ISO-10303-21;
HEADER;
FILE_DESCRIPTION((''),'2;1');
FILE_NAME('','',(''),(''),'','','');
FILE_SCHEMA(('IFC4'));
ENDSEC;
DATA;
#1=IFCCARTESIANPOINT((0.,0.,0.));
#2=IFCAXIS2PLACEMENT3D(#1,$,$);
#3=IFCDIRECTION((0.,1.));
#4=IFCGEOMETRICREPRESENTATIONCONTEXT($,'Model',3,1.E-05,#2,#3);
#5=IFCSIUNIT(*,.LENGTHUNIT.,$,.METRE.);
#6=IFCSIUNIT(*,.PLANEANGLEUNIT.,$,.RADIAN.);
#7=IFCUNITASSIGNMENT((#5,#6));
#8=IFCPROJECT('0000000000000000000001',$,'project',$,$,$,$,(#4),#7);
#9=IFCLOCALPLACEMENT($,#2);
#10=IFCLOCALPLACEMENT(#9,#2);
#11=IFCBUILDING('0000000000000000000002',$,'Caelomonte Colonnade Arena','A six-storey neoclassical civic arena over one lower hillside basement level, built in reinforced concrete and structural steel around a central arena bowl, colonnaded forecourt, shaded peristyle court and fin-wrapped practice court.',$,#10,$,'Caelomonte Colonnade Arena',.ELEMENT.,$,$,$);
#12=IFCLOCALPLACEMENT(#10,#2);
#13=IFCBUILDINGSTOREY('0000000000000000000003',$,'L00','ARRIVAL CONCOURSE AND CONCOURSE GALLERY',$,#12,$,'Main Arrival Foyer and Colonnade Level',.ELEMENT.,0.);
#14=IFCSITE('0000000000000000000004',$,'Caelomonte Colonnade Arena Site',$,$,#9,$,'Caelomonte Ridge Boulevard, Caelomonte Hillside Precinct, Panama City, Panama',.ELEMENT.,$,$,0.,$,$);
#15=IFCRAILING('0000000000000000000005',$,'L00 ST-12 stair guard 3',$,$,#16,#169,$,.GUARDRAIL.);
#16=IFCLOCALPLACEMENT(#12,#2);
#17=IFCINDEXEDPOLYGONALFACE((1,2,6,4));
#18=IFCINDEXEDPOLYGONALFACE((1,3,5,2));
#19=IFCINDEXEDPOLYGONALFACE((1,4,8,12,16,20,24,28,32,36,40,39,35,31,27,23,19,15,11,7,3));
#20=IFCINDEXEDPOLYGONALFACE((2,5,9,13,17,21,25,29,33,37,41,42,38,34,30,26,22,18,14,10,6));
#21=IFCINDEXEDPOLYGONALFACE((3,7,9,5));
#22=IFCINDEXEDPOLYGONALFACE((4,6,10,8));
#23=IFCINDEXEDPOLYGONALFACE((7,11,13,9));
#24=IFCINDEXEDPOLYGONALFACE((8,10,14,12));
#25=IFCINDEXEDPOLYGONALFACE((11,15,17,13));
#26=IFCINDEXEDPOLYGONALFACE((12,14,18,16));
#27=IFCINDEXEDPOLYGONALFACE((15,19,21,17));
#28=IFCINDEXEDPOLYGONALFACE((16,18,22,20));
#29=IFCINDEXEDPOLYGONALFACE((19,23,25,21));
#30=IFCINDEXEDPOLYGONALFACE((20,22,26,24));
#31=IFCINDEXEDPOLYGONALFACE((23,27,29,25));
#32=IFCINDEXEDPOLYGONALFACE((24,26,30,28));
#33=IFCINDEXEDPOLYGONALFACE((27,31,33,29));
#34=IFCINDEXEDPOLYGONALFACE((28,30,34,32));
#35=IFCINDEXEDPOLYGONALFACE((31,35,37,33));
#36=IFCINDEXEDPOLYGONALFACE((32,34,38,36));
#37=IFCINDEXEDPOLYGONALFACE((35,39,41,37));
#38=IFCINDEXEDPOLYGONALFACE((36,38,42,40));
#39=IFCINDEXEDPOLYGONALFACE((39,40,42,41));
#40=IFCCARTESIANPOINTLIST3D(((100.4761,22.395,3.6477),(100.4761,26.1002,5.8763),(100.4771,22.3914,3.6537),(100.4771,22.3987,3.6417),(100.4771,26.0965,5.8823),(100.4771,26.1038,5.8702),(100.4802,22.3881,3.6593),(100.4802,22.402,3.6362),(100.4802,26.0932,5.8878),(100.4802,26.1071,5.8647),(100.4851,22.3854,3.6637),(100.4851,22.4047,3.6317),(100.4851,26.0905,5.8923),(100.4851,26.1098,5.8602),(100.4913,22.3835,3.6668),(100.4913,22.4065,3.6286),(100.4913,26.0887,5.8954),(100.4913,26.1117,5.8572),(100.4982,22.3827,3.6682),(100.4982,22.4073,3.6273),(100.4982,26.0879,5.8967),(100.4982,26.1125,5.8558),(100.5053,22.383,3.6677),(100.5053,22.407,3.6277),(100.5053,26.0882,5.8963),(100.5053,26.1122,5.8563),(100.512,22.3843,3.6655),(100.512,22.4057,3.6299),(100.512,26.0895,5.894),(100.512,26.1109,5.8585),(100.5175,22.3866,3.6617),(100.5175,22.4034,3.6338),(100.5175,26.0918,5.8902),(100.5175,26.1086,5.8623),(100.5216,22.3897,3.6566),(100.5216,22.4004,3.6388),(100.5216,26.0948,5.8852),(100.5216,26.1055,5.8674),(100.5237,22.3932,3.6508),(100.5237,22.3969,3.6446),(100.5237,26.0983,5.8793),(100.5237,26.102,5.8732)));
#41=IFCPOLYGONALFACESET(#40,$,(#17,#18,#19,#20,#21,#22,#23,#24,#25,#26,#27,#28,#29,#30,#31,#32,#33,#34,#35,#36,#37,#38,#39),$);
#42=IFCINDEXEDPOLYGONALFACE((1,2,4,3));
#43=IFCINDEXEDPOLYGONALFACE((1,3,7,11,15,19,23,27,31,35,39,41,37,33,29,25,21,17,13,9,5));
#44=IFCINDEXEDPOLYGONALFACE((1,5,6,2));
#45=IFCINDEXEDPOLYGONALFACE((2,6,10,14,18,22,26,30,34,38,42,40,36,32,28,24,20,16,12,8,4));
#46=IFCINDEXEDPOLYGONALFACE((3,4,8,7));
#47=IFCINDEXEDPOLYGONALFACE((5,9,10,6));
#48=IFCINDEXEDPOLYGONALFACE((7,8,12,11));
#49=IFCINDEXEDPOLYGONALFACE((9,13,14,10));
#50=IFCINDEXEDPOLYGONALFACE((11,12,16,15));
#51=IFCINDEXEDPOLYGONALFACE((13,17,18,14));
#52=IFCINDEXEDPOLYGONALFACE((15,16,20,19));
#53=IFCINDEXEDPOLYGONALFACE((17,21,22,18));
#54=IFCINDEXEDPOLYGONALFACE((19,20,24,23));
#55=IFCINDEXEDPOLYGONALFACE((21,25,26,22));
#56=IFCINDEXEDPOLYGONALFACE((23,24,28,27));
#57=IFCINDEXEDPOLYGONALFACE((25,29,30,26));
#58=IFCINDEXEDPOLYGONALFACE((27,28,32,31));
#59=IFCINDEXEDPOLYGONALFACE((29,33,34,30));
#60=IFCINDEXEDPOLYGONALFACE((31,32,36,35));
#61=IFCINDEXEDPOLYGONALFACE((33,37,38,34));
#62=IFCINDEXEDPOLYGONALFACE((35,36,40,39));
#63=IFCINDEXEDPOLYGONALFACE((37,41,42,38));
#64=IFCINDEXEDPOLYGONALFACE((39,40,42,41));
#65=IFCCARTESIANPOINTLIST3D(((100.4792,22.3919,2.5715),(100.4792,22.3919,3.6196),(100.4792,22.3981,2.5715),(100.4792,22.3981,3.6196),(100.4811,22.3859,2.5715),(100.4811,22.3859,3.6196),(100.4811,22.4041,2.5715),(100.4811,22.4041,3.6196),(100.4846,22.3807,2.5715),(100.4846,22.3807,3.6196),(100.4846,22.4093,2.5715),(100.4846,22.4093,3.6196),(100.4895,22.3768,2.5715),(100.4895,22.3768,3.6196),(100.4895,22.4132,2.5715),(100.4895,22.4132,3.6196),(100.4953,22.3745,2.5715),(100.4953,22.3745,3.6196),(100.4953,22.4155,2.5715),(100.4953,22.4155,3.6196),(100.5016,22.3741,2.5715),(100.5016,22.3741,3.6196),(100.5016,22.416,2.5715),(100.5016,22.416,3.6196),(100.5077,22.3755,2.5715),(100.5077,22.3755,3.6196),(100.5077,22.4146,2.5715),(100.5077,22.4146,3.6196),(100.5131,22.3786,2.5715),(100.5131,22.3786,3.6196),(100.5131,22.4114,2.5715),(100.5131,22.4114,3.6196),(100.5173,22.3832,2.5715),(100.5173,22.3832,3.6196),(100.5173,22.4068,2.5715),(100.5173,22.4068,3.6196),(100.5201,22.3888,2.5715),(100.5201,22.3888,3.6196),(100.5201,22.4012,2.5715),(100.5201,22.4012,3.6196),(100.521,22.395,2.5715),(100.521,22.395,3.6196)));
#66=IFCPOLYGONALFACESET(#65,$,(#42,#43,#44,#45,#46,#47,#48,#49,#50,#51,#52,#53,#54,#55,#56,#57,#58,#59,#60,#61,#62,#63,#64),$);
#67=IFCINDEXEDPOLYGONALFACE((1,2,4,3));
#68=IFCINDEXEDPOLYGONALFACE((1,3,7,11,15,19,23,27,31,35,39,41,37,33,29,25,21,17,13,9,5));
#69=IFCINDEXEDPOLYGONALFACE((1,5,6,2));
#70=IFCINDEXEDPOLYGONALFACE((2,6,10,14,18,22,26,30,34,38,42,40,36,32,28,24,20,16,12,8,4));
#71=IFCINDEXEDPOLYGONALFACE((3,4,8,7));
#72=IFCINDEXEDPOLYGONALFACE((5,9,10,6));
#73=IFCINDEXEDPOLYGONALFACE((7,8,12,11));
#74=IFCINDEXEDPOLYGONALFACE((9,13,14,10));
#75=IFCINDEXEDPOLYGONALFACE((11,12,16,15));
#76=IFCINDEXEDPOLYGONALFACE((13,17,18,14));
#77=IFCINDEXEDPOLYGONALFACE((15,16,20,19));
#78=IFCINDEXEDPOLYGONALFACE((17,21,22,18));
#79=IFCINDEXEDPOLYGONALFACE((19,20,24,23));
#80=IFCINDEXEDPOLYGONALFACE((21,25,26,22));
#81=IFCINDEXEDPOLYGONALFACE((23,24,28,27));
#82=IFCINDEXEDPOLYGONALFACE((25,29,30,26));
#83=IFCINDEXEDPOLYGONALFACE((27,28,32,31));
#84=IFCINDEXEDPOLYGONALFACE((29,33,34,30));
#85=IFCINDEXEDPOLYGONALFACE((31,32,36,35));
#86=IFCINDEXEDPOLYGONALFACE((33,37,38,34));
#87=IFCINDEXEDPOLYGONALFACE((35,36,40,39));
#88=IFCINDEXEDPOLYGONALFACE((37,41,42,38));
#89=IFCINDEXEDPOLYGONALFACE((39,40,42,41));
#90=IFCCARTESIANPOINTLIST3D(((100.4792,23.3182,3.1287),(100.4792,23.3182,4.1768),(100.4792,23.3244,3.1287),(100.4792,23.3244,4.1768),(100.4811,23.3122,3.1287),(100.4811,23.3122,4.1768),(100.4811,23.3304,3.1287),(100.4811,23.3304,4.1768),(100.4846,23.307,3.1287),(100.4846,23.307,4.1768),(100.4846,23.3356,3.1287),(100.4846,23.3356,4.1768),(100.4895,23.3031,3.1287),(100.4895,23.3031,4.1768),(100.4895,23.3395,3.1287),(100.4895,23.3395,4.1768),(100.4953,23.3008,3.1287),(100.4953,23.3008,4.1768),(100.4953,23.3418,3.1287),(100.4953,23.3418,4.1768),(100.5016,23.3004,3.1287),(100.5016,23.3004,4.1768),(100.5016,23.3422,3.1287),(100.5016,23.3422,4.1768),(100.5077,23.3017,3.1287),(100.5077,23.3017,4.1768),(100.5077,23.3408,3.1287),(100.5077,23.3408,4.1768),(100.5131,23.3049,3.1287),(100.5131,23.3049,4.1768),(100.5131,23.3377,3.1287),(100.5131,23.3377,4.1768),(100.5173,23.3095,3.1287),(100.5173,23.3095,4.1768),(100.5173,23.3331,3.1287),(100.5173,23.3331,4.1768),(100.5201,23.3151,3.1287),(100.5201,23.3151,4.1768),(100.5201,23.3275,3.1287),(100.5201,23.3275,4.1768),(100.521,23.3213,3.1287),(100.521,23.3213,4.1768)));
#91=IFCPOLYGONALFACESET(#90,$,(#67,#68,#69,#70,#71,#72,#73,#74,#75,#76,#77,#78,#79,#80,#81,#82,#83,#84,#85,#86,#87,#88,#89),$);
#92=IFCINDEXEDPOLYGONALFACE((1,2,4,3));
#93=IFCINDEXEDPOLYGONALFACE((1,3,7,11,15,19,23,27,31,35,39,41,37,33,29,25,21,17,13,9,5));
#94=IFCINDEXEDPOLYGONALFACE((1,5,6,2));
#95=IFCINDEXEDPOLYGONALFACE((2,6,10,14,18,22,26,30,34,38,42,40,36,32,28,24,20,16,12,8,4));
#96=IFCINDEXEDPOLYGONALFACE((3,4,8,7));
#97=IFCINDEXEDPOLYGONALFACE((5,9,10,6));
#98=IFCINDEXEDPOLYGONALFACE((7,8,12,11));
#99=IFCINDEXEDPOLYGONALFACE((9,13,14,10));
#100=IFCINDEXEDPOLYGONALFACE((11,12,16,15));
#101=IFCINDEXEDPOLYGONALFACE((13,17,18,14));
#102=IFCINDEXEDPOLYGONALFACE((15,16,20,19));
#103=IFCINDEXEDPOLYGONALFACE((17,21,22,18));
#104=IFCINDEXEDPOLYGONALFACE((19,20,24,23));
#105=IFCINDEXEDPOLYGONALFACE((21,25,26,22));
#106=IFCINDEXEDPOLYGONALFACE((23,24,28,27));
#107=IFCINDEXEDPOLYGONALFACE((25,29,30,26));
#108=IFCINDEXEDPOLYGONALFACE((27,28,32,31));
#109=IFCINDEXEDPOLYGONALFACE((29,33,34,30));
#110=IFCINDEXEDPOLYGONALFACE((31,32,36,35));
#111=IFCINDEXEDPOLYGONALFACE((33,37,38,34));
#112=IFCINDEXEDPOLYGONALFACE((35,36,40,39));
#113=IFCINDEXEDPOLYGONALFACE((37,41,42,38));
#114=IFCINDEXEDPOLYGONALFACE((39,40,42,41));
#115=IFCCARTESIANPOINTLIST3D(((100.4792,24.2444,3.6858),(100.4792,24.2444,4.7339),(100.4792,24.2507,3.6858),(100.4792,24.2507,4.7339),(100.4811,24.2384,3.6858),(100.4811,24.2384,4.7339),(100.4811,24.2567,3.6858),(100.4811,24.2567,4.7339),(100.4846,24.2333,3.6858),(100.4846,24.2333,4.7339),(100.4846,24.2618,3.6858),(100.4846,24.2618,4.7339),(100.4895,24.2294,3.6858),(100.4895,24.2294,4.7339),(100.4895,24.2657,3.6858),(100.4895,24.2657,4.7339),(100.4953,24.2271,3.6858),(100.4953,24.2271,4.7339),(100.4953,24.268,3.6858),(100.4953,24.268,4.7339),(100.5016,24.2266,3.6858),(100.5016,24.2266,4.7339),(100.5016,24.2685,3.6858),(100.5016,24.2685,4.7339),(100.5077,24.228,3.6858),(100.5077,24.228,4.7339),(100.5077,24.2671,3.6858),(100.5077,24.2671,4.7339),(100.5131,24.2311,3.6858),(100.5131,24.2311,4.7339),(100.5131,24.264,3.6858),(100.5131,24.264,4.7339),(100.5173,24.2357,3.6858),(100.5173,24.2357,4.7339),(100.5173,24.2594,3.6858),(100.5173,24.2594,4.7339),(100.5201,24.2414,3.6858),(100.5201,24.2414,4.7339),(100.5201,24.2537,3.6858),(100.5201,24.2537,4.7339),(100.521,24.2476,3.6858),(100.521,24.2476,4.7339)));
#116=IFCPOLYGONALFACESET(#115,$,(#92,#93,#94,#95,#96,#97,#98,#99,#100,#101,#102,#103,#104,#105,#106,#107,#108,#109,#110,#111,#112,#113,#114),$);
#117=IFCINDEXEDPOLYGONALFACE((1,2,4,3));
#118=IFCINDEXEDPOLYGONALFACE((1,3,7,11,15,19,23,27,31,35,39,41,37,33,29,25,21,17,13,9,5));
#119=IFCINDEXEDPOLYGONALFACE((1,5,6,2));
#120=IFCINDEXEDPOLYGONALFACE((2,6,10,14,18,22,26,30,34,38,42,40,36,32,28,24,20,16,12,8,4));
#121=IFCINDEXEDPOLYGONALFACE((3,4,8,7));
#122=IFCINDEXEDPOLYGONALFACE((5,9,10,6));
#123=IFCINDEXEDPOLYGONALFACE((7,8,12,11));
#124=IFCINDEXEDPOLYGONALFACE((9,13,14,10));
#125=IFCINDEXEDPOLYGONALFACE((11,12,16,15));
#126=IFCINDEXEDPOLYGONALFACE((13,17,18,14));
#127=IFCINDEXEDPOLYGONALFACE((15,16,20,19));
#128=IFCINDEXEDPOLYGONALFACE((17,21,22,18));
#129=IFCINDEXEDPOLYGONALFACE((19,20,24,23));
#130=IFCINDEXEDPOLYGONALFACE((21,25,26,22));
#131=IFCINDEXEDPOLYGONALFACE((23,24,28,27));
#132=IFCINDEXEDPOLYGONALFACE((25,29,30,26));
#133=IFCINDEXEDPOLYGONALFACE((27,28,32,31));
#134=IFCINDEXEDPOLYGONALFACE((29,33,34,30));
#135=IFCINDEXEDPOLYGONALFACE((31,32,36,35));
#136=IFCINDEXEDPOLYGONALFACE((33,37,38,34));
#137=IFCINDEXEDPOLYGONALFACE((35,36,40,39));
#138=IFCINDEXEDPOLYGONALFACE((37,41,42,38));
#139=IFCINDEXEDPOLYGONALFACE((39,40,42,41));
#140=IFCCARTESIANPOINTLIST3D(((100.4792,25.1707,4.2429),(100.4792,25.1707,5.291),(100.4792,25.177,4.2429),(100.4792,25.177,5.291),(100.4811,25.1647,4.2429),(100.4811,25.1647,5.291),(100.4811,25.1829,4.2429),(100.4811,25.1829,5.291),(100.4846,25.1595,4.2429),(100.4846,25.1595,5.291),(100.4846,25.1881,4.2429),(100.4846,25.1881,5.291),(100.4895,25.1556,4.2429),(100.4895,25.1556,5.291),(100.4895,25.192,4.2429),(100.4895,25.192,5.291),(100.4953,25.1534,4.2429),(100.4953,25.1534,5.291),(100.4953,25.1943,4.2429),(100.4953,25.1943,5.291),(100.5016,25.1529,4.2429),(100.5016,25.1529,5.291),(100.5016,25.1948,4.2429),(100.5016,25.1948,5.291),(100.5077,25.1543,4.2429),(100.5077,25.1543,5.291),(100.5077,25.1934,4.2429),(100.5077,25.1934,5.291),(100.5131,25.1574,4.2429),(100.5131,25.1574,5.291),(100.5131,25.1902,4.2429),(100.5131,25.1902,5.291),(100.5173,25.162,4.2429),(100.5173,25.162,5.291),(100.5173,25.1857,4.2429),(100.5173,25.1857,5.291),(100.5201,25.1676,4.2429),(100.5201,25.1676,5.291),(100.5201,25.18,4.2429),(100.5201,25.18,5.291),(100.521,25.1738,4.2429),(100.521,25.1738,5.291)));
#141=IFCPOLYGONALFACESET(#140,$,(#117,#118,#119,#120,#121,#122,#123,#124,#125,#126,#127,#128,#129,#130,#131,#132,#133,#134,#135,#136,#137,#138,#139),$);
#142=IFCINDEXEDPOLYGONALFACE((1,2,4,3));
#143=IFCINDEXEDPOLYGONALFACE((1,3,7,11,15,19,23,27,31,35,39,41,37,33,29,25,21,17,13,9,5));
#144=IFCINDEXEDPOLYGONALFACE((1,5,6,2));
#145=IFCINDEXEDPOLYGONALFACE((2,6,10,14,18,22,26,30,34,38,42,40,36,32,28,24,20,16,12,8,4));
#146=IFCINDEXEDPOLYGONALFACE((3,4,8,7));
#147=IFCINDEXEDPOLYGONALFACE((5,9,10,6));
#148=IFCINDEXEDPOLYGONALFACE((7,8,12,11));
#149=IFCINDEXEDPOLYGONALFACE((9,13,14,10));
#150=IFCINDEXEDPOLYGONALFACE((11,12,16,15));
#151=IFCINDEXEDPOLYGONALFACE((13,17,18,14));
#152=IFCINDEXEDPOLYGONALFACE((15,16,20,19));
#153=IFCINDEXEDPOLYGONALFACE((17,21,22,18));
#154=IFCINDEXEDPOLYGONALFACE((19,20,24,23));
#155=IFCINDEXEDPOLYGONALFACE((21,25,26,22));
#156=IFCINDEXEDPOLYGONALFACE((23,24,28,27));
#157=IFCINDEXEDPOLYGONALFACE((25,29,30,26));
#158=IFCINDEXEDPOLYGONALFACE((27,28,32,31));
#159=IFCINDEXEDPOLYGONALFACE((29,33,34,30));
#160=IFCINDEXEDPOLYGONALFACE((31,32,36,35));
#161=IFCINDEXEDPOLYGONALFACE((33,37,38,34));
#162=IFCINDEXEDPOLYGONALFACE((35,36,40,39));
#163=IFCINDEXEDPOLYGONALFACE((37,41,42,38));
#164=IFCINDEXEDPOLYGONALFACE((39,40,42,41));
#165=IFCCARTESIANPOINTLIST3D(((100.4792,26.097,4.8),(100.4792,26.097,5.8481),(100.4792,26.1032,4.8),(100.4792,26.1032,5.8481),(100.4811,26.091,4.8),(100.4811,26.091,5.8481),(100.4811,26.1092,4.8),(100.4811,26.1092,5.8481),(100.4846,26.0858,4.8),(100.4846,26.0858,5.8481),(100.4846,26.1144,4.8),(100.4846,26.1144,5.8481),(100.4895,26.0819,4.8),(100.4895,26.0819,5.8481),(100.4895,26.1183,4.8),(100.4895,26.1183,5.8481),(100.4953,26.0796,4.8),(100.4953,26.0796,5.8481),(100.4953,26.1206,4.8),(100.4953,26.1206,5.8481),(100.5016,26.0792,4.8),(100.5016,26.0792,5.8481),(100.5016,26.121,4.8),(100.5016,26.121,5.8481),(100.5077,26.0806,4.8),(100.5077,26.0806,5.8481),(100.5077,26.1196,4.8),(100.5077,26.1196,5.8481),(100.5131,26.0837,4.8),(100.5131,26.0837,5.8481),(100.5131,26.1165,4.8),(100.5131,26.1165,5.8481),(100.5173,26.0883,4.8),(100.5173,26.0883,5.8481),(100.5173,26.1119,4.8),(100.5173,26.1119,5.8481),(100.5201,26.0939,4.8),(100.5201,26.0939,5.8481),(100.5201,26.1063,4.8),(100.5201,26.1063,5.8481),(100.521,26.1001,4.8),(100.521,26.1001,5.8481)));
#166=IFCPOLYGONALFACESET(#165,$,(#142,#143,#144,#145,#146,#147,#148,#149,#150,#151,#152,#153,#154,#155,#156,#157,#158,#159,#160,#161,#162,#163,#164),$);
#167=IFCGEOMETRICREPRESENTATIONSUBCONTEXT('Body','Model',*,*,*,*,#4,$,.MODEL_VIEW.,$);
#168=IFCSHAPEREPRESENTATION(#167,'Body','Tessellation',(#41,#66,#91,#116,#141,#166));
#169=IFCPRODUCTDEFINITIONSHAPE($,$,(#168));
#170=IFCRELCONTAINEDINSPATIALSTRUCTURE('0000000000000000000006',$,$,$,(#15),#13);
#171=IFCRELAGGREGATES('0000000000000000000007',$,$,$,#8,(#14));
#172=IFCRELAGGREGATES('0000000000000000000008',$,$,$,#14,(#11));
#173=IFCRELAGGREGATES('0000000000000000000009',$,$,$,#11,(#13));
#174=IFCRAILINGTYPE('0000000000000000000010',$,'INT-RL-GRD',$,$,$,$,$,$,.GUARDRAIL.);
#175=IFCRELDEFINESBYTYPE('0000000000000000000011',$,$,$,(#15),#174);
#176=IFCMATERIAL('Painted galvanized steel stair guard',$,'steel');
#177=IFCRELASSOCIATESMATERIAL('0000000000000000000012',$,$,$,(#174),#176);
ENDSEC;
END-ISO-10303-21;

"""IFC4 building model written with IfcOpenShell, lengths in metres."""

from ifc_helpers import new_model, si_unit, direction, frame, origin, origin_2d, place, context, subcontext, project, spatial, circle, extrude, material, type_object, element, save


model = new_model("IFC4")

# Units and contexts
model_context = context("Model", 3, precision=1e-05, world=origin(), true_north=direction((0.0, 1.0)))
body_context = subcontext(model_context, "Body", "Model", "MODEL_VIEW")
ifc_project = project(units=[si_unit("LENGTHUNIT", "METRE"), si_unit("PLANEANGLEUNIT", "RADIAN")], contexts=[model_context])

# Site, building, storey
site_placement = place(None, origin())
site = spatial("IfcSite", under=ifc_project, at=site_placement, Name="Caelomonte Colonnade Arena Site", LongName="Caelomonte Ridge Boulevard, Caelomonte Hillside Precinct, Panama City, Panama", CompositionType="ELEMENT", RefElevation=0.0)
building_placement = place(site_placement, origin())
building = spatial("IfcBuilding", under=site, at=building_placement, Name="Caelomonte Colonnade Arena", Description="A six-storey neoclassical civic arena over one lower hillside basement level, built in reinforced concrete and structural steel around a central arena bowl, colonnaded forecourt, shaded peristyle court and fin-wrapped practice court.", LongName="Caelomonte Colonnade Arena", CompositionType="ELEMENT")
storey_placement = place(building_placement, origin())
storey = spatial("IfcBuildingStorey", under=building, at=storey_placement, Name="L00", Description="ARRIVAL CONCOURSE AND CONCOURSE GALLERY", LongName="Main Arrival Foyer and Colonnade Level", CompositionType="ELEMENT", Elevation=0.0)

# Railing
ifc_material_1 = material(Name="Painted galvanized steel stair guard", Category="steel")
railing_type_1 = type_object("IfcRailingType", Name="INT-RL-GRD", PredefinedType="GUARDRAIL", material=ifc_material_1)
railing_1_placement = place(storey_placement, frame((100.5, 22.395, 2.5715)))
element("IfcRailing", 1, at=railing_1_placement, inside=storey, type_object=railing_type_1, Name="L00 ST-12 stair guard 3", PredefinedType="GUARDRAIL", context=body_context, shape_type="SweptSolid", body=[
    extrude(circle(Radius=0.0239, at=origin_2d()), frame((0.0, 0.0, 1.0762), z_axis=(0.0, 0.856934, 0.515425), x_axis=(-1.0, 0.0, 0.0)), (0.0, 0.0, 1.0), 4.3237),
    extrude(circle(Radius=0.021, at=origin_2d()), origin(), (0.0, 0.0, 1.0), 1.0481),
    extrude(circle(Radius=0.021, at=origin_2d()), frame((0.0, 0.9263, 0.5571)), (0.0, 0.0, 1.0), 1.0481),
    extrude(circle(Radius=0.021, at=origin_2d()), frame((0.0, 1.8525, 1.1143)), (0.0, 0.0, 1.0), 1.0481),
    extrude(circle(Radius=0.021, at=origin_2d()), frame((0.0, 2.7788, 1.6714)), (0.0, 0.0, 1.0), 1.0481),
    extrude(circle(Radius=0.021, at=origin_2d()), frame((0.0, 3.7051, 2.2285)), (0.0, 0.0, 1.0), 1.0481),
])

save(model, "model.ifc")
